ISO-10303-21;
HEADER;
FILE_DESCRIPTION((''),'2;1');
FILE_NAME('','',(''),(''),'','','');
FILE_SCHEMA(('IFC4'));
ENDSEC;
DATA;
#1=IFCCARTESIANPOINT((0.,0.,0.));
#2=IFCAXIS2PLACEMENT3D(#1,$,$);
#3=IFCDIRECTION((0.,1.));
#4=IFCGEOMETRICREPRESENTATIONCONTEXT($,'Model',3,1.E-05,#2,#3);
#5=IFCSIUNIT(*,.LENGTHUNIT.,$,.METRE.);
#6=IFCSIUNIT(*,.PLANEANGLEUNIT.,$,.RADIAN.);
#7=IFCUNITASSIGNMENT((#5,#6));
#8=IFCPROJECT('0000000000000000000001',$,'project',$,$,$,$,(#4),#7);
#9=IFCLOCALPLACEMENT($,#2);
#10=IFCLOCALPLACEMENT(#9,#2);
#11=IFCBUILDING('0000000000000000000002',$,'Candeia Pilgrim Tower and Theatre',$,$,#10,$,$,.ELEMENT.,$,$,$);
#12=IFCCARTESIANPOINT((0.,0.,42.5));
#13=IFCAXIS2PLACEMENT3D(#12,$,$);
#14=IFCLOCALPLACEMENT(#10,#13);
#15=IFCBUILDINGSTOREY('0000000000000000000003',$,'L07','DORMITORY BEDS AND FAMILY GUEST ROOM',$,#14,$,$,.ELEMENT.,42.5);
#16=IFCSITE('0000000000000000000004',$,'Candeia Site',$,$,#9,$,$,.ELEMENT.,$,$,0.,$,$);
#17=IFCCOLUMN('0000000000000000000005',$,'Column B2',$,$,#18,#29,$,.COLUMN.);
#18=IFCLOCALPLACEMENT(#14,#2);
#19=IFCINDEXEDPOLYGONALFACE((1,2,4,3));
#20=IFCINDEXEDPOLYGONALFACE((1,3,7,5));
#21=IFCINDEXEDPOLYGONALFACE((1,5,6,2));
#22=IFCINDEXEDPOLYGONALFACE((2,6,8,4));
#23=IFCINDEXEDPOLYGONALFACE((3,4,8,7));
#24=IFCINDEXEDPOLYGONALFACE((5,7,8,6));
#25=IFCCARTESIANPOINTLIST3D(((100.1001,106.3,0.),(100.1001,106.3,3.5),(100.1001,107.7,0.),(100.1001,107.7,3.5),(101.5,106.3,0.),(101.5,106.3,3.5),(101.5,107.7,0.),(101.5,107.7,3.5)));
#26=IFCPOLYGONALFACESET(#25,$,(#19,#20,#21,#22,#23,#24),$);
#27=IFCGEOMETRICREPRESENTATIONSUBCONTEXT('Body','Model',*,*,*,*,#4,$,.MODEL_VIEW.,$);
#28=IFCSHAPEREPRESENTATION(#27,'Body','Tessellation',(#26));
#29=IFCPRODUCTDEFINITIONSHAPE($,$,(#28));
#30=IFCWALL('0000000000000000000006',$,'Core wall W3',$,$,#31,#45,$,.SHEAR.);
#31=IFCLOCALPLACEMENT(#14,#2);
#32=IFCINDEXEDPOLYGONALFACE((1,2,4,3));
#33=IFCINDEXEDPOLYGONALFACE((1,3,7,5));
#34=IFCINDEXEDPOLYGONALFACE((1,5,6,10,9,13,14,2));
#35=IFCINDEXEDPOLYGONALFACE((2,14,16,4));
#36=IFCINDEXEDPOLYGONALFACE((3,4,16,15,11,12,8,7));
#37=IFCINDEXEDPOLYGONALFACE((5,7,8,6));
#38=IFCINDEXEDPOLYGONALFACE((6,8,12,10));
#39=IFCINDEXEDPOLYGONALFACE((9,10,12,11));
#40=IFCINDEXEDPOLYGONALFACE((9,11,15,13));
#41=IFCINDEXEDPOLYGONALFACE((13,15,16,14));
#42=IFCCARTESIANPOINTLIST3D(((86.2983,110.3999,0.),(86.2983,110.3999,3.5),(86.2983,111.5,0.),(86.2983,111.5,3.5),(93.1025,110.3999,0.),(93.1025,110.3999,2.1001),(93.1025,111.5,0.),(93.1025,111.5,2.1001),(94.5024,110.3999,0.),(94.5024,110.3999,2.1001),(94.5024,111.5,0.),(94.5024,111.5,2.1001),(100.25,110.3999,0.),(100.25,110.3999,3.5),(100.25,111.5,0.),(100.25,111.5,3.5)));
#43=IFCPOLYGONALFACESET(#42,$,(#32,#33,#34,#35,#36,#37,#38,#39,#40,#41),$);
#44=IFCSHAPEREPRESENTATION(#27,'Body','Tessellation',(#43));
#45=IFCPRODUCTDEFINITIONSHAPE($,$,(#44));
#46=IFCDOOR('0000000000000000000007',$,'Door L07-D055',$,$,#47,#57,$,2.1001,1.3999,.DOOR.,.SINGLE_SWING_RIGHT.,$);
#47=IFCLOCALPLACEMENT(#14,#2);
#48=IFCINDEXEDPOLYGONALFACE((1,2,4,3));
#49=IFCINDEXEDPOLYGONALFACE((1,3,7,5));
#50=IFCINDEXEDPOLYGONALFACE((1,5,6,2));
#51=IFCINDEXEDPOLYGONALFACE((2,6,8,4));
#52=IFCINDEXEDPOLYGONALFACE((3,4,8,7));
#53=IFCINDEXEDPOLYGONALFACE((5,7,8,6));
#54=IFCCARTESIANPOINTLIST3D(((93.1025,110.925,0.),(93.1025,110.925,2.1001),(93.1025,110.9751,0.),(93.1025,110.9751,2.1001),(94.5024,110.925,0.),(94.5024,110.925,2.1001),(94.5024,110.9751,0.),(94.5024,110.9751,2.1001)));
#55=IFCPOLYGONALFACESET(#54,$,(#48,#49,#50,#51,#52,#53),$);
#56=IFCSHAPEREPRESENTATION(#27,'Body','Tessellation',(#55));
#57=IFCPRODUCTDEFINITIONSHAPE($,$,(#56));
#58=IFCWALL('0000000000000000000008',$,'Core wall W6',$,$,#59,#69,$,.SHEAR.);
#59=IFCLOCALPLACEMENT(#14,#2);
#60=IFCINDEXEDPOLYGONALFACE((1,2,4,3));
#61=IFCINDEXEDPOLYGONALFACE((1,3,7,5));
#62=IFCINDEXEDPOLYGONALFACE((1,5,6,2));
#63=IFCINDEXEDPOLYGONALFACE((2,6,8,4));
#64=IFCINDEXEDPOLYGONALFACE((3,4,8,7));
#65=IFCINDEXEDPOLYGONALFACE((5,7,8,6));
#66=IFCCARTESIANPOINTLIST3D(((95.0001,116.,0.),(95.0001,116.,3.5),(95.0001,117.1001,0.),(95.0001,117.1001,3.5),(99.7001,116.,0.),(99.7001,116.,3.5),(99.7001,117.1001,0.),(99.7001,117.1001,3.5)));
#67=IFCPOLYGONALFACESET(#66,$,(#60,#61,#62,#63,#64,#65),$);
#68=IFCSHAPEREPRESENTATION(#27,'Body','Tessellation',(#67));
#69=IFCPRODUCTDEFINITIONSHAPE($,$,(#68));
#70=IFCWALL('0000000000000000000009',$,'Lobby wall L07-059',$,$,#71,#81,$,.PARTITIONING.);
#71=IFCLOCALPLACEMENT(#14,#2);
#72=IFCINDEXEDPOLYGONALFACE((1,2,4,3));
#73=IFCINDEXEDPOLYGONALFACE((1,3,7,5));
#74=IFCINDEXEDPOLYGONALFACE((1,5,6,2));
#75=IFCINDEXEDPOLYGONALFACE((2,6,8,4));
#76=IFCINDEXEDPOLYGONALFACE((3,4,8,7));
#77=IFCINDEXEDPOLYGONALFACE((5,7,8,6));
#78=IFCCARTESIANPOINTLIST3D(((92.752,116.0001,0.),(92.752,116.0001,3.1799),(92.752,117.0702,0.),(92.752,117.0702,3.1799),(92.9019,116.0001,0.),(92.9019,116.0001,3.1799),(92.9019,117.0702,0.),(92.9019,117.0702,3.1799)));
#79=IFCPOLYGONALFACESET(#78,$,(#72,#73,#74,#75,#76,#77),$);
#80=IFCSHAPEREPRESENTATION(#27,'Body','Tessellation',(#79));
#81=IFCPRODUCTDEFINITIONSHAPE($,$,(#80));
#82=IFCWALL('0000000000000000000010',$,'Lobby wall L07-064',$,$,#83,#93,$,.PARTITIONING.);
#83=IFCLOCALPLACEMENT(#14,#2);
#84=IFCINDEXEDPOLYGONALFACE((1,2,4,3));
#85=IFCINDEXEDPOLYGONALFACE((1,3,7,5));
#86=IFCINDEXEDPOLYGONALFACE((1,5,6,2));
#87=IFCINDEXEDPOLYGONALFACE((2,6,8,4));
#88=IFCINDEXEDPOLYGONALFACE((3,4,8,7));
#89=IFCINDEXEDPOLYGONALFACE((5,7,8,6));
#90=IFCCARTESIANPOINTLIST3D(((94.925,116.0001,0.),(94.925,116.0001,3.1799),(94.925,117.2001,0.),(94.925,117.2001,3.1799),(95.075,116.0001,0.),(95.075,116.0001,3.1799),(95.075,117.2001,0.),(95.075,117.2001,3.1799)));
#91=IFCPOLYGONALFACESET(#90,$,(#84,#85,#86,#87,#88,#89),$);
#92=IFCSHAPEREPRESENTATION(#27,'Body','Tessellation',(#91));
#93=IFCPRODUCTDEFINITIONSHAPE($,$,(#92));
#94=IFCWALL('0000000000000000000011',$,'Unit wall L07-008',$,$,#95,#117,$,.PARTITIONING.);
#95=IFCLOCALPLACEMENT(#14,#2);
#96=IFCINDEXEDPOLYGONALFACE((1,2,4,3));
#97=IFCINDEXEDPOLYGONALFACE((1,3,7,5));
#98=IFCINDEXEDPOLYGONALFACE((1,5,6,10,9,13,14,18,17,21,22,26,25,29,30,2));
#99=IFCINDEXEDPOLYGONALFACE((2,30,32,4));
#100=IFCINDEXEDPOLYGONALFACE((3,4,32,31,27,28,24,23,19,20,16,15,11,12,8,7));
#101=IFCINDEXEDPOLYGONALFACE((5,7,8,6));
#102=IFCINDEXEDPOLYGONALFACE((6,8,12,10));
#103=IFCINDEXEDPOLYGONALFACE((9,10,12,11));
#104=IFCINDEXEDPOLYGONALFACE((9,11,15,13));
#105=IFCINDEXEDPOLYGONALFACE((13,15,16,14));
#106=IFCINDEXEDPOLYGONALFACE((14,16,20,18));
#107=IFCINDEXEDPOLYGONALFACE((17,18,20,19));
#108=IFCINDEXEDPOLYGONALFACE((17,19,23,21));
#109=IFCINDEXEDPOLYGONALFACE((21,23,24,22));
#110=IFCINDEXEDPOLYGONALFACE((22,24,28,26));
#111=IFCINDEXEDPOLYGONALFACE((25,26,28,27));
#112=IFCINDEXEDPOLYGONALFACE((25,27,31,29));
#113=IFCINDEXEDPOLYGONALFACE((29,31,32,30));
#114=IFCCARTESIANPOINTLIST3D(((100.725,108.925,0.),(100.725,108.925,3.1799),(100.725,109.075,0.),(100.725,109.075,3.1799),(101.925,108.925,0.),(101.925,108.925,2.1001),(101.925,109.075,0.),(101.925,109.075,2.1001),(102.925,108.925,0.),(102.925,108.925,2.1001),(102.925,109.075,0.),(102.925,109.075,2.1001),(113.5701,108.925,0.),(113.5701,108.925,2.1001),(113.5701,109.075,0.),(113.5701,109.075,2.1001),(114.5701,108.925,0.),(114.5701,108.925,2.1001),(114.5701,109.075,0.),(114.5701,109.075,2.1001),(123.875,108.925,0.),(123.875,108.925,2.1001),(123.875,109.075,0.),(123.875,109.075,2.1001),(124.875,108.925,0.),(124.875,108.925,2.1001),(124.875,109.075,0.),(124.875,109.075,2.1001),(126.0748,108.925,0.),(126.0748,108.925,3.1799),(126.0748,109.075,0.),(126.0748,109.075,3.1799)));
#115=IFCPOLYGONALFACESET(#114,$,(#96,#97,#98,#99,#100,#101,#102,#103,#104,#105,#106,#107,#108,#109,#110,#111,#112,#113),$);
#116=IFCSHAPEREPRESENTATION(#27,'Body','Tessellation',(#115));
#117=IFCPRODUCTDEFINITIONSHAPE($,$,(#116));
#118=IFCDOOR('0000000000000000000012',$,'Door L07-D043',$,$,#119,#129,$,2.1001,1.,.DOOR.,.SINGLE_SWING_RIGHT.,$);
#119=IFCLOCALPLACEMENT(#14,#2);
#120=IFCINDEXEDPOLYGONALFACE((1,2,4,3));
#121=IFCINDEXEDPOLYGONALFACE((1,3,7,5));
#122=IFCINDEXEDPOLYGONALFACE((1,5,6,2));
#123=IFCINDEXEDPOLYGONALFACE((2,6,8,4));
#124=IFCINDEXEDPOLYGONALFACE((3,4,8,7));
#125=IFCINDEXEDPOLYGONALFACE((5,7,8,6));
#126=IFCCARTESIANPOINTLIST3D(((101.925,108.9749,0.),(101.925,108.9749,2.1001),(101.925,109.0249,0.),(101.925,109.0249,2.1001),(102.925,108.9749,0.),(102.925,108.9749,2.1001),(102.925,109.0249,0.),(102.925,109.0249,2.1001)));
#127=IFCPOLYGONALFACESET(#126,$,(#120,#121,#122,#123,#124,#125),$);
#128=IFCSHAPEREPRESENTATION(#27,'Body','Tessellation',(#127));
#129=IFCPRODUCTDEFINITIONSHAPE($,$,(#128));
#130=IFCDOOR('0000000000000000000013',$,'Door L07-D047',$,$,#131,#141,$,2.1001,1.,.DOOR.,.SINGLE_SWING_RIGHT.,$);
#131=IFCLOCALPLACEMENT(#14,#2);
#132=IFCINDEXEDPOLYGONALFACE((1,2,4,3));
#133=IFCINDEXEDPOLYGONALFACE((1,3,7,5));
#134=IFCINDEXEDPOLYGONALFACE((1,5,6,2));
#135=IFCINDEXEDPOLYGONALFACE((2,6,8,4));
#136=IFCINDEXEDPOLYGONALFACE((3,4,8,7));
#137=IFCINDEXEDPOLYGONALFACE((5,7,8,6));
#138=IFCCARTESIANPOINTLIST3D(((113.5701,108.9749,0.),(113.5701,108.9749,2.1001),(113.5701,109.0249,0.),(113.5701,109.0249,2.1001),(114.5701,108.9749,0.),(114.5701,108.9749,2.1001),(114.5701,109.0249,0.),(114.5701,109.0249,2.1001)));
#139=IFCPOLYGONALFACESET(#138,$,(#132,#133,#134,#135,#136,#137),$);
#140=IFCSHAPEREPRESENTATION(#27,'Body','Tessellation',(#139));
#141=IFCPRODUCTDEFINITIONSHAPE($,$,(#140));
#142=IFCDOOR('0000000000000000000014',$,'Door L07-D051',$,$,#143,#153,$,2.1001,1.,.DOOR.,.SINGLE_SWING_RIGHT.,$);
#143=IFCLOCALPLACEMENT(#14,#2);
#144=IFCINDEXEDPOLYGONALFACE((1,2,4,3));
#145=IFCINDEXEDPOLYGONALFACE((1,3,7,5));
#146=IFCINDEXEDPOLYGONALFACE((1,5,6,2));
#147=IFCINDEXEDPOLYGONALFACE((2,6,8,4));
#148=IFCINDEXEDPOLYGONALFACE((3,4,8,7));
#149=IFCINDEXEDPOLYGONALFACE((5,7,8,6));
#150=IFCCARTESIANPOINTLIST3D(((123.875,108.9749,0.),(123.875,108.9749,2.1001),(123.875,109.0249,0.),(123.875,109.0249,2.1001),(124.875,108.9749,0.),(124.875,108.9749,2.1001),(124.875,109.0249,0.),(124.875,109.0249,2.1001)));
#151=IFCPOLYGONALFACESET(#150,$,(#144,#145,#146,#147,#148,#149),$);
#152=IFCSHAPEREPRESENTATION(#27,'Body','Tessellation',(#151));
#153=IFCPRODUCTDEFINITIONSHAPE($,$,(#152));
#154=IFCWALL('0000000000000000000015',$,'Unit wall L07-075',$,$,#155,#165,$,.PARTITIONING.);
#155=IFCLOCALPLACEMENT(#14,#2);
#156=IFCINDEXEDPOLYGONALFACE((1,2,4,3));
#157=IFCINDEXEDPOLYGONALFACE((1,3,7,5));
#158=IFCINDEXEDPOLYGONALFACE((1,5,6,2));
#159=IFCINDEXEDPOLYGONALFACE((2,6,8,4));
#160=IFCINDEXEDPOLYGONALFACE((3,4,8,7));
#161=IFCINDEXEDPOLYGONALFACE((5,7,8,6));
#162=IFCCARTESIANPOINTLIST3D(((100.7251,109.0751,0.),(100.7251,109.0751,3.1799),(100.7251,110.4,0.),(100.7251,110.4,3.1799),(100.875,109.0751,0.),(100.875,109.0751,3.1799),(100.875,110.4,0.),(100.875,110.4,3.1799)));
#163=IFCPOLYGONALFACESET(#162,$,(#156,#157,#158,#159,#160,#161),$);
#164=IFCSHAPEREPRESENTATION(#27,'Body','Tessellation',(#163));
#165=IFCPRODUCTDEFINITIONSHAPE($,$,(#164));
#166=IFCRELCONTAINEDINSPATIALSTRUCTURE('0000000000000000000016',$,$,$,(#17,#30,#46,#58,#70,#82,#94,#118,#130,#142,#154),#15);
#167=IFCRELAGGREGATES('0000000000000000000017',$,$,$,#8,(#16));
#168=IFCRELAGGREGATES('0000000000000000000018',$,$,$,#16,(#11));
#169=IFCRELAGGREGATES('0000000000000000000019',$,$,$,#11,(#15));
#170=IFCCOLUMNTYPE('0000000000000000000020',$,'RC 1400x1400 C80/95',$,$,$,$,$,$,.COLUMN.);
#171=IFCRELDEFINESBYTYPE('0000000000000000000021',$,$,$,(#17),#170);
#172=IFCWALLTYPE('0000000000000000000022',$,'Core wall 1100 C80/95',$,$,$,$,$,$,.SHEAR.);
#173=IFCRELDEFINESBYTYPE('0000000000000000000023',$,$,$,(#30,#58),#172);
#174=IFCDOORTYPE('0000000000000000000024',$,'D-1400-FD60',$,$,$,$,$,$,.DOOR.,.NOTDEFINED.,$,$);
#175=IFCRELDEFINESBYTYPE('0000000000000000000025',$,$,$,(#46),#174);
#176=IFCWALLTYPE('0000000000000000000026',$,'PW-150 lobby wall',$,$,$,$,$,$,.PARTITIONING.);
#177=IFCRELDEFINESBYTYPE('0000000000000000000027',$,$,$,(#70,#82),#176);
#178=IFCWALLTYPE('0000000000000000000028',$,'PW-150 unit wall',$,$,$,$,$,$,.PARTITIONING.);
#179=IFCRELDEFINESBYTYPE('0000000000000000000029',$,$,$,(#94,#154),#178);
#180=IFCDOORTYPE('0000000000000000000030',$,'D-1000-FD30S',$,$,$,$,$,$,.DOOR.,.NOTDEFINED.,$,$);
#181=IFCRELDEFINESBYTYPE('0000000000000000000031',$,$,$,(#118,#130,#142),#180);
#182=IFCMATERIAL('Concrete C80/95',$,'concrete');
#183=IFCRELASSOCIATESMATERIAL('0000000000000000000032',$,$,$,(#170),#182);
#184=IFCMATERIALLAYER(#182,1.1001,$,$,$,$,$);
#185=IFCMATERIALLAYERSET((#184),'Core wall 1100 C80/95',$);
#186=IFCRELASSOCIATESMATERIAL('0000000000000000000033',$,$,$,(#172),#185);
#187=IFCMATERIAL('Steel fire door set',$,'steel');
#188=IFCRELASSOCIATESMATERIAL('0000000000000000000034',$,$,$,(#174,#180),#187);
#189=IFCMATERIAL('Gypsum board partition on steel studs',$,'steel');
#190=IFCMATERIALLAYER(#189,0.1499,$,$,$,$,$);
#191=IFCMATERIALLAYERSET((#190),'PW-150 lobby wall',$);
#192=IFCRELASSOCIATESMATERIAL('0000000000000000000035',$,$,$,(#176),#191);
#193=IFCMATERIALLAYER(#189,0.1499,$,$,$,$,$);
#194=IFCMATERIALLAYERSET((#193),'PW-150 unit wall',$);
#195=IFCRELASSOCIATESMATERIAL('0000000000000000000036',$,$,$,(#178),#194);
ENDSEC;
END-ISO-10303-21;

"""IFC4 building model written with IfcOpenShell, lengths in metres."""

from ifc_helpers import new_model, si_unit, direction, frame, frame_2d, origin, origin_2d, place, context, subcontext, project, spatial, rectangle, extrude, material, layer, layer_set, material_profile, profile_set, type_object, element, fill, save


model = new_model("IFC4")

# Units and contexts
model_context = context("Model", 3, precision=1e-05, world=origin(), true_north=direction((0.0, 1.0)))
body_context = subcontext(model_context, "Body", "Model", "MODEL_VIEW")
ifc_project = project(units=[si_unit("LENGTHUNIT", "METRE"), si_unit("PLANEANGLEUNIT", "RADIAN")], contexts=[model_context])

# Site, building, storey
site_placement = place(None, origin())
site = spatial("IfcSite", under=ifc_project, at=site_placement, Name="Candeia Site", CompositionType="ELEMENT", RefElevation=0.0)
building_placement = place(site_placement, origin())
building = spatial("IfcBuilding", under=site, at=building_placement, Name="Candeia Pilgrim Tower and Theatre", CompositionType="ELEMENT")
storey_placement = place(building_placement, frame((0.0, 0.0, 42.5)))
storey = spatial("IfcBuildingStorey", under=building, at=storey_placement, Name="L07", Description="DORMITORY BEDS AND FAMILY GUEST ROOM", CompositionType="ELEMENT", Elevation=42.5)

# Column
ifc_material_1 = material(Name="Concrete C80/95", Category="concrete")
ifc_material_profile = material_profile(ifc_material_1, rectangle(XDim=1.3999, YDim=1.3999, at=origin_2d()))
ifc_profile_set = profile_set([ifc_material_profile], Name="Concrete C80/95")
column_type = type_object("IfcColumnType", Name="RC 1400x1400 C80/95", PredefinedType="COLUMN", material=ifc_profile_set)
column_placement = place(storey_placement, frame((100.8, 107.0, 0.0), z_axis=(0.0, 0.0, 1.0), x_axis=(1.0, 0.0, 0.0)))
element("IfcColumn", 1, at=column_placement, inside=storey, type_object=column_type, Name="Column B2", PredefinedType="COLUMN", context=body_context, shape_type="SweptSolid", body=[
    extrude(rectangle(XDim=1.3999, YDim=1.3999, at=origin_2d()), origin(), (0.0, 0.0, 1.0), 3.5),
])

# Wall, opening, door
ifc_layer_1 = layer(ifc_material_1, 1.1001)
ifc_layer_set_1 = layer_set([ifc_layer_1], Name="Core wall 1100 C80/95")
wall_type_1 = type_object("IfcWallType", Name="Core wall 1100 C80/95", PredefinedType="SHEAR", material=ifc_layer_set_1)
wall_1_placement = place(storey_placement, frame((100.25, 110.95, 0.0), z_axis=(0.0, 0.0, 1.0), x_axis=(-1.0, 0.0, 0.0)))
wall_1 = element("IfcWall", 2, at=wall_1_placement, inside=storey, type_object=wall_type_1, Name="Core wall W3", PredefinedType="SHEAR", context=body_context, shape_type="SweptSolid", body=[
    extrude(rectangle(XDim=13.9517, YDim=1.1001, at=frame_2d((6.9758, 0.0))), origin(), (0.0, 0.0, 1.0), 3.5),
])
opening_1_placement = place(wall_1_placement, frame((5.7476, 0.0, 0.0)))
opening_1 = element("IfcOpeningElement", 3, at=opening_1_placement, cuts=wall_1, PredefinedType="OPENING", context=body_context, shape_type="SweptSolid", body=[
    extrude(rectangle(XDim=1.3999, YDim=2.1001, at=frame_2d((0.7, 1.05))), frame((0.0, 0.5601, 0.0), z_axis=(0.0, -1.0, 0.0), x_axis=(1.0, 0.0, 0.0)), (0.0, 0.0, 1.0), 1.1201),
])
ifc_material_2 = material(Name="Steel fire door set", Category="steel")
door_type_1 = type_object("IfcDoorType", Name="D-1400-FD60", OperationType="NOTDEFINED", PredefinedType="DOOR", material=ifc_material_2)
door_1_placement = place(opening_1_placement, origin())
door_1 = element("IfcDoor", 4, at=door_1_placement, inside=storey, type_object=door_type_1, Name="Door L07-D055", OperationType="SINGLE_SWING_RIGHT", OverallHeight=2.1001, OverallWidth=1.3999, PredefinedType="DOOR", context=body_context, shape_type="SweptSolid", body=[
    extrude(rectangle(XDim=1.3999, YDim=2.1001, at=frame_2d((0.7, 1.05))), frame((0.0, 0.0249, 0.0), z_axis=(0.0, -1.0, 0.0), x_axis=(1.0, 0.0, 0.0)), (0.0, 0.0, 1.0), 0.05),
])
fill(opening_1, door_1)

# Walls
wall_2_placement = place(storey_placement, frame((95.0, 116.55, 0.0), z_axis=(0.0, 0.0, 1.0), x_axis=(1.0, 0.0, 0.0)))
element("IfcWall", 5, at=wall_2_placement, inside=storey, type_object=wall_type_1, Name="Core wall W6", PredefinedType="SHEAR", context=body_context, shape_type="SweptSolid", body=[
    extrude(rectangle(XDim=4.7, YDim=1.1001, at=frame_2d((2.3501, 0.0))), origin(), (0.0, 0.0, 1.0), 3.5),
])
ifc_material_3 = material(Name="Gypsum board partition on steel studs", Category="steel")
ifc_layer_2 = layer(ifc_material_3, 0.1499)
ifc_layer_set_2 = layer_set([ifc_layer_2], Name="PW-150 lobby wall")
wall_type_2 = type_object("IfcWallType", Name="PW-150 lobby wall", PredefinedType="PARTITIONING", material=ifc_layer_set_2)
wall_3_placement = place(storey_placement, frame((92.8269, 116.0, 0.0), z_axis=(0.0, 0.0, 1.0), x_axis=(0.0, 1.0, 0.0)))
element("IfcWall", 6, at=wall_3_placement, inside=storey, type_object=wall_type_2, Name="Lobby wall L07-059", PredefinedType="PARTITIONING", context=body_context, shape_type="SweptSolid", body=[
    extrude(rectangle(XDim=1.0701, YDim=0.1499, at=frame_2d((0.5352, 0.0))), origin(), (0.0, 0.0, 1.0), 3.1799),
])
wall_4_placement = place(storey_placement, frame((95.0, 116.0, 0.0), z_axis=(0.0, 0.0, 1.0), x_axis=(0.0, 1.0, 0.0)))
element("IfcWall", 7, at=wall_4_placement, inside=storey, type_object=wall_type_2, Name="Lobby wall L07-064", PredefinedType="PARTITIONING", context=body_context, shape_type="SweptSolid", body=[
    extrude(rectangle(XDim=1.2, YDim=0.1499, at=frame_2d((0.6001, 0.0))), origin(), (0.0, 0.0, 1.0), 3.1799),
])

# Wall, openings, doors
ifc_layer_3 = layer(ifc_material_3, 0.1499)
ifc_layer_set_3 = layer_set([ifc_layer_3], Name="PW-150 unit wall")
wall_type_3 = type_object("IfcWallType", Name="PW-150 unit wall", PredefinedType="PARTITIONING", material=ifc_layer_set_3)
wall_5_placement = place(storey_placement, frame((100.7251, 109.0, 0.0), z_axis=(0.0, 0.0, 1.0), x_axis=(1.0, 0.0, 0.0)))
wall_5 = element("IfcWall", 8, at=wall_5_placement, inside=storey, type_object=wall_type_3, Name="Unit wall L07-008", PredefinedType="PARTITIONING", context=body_context, shape_type="SweptSolid", body=[
    extrude(rectangle(XDim=25.3499, YDim=0.1499, at=frame_2d((12.6748, 0.0))), origin(), (0.0, 0.0, 1.0), 3.1799),
])
opening_2_placement = place(wall_5_placement, frame((1.2, 0.0, 0.0)))
opening_2 = element("IfcOpeningElement", 9, at=opening_2_placement, cuts=wall_5, PredefinedType="OPENING", context=body_context, shape_type="SweptSolid", body=[
    extrude(rectangle(XDim=1.0, YDim=2.1001, at=frame_2d((0.5, 1.05))), frame((0.0, 0.085, 0.0), z_axis=(0.0, -1.0, 0.0), x_axis=(1.0, 0.0, 0.0)), (0.0, 0.0, 1.0), 0.1699),
])
opening_3_placement = place(wall_5_placement, frame((12.845, 0.0, 0.0)))
opening_3 = element("IfcOpeningElement", 10, at=opening_3_placement, cuts=wall_5, PredefinedType="OPENING", context=body_context, shape_type="SweptSolid", body=[
    extrude(rectangle(XDim=1.0, YDim=2.1001, at=frame_2d((0.5, 1.05))), frame((0.0, 0.085, 0.0), z_axis=(0.0, -1.0, 0.0), x_axis=(1.0, 0.0, 0.0)), (0.0, 0.0, 1.0), 0.1699),
])
opening_4_placement = place(wall_5_placement, frame((23.1499, 0.0, 0.0)))
opening_4 = element("IfcOpeningElement", 11, at=opening_4_placement, cuts=wall_5, PredefinedType="OPENING", context=body_context, shape_type="SweptSolid", body=[
    extrude(rectangle(XDim=1.0, YDim=2.1001, at=frame_2d((0.5, 1.05))), frame((0.0, 0.085, 0.0), z_axis=(0.0, -1.0, 0.0), x_axis=(1.0, 0.0, 0.0)), (0.0, 0.0, 1.0), 0.1699),
])
door_type_2 = type_object("IfcDoorType", Name="D-1000-FD30S", OperationType="NOTDEFINED", PredefinedType="DOOR", material=ifc_material_2)
door_2_placement = place(opening_2_placement, origin())
door_2 = element("IfcDoor", 12, at=door_2_placement, inside=storey, type_object=door_type_2, Name="Door L07-D043", OperationType="SINGLE_SWING_RIGHT", OverallHeight=2.1001, OverallWidth=1.0, PredefinedType="DOOR", context=body_context, shape_type="SweptSolid", body=[
    extrude(rectangle(XDim=1.0, YDim=2.1001, at=frame_2d((0.5, 1.05))), frame((0.0, 0.0249, 0.0), z_axis=(0.0, -1.0, 0.0), x_axis=(1.0, 0.0, 0.0)), (0.0, 0.0, 1.0), 0.05),
])
fill(opening_2, door_2)
door_3_placement = place(opening_3_placement, origin())
door_3 = element("IfcDoor", 13, at=door_3_placement, inside=storey, type_object=door_type_2, Name="Door L07-D047", OperationType="SINGLE_SWING_RIGHT", OverallHeight=2.1001, OverallWidth=1.0, PredefinedType="DOOR", context=body_context, shape_type="SweptSolid", body=[
    extrude(rectangle(XDim=1.0, YDim=2.1001, at=frame_2d((0.5, 1.05))), frame((0.0, 0.0249, 0.0), z_axis=(0.0, -1.0, 0.0), x_axis=(1.0, 0.0, 0.0)), (0.0, 0.0, 1.0), 0.05),
])
fill(opening_3, door_3)
door_4_placement = place(opening_4_placement, origin())
door_4 = element("IfcDoor", 14, at=door_4_placement, inside=storey, type_object=door_type_2, Name="Door L07-D051", OperationType="SINGLE_SWING_RIGHT", OverallHeight=2.1001, OverallWidth=1.0, PredefinedType="DOOR", context=body_context, shape_type="SweptSolid", body=[
    extrude(rectangle(XDim=1.0, YDim=2.1001, at=frame_2d((0.5, 1.05))), frame((0.0, 0.0249, 0.0), z_axis=(0.0, -1.0, 0.0), x_axis=(1.0, 0.0, 0.0)), (0.0, 0.0, 1.0), 0.05),
])
fill(opening_4, door_4)

# Wall
wall_6_placement = place(storey_placement, frame((100.8, 109.075, 0.0), z_axis=(0.0, 0.0, 1.0), x_axis=(0.0, 1.0, 0.0)))
element("IfcWall", 15, at=wall_6_placement, inside=storey, type_object=wall_type_3, Name="Unit wall L07-075", PredefinedType="PARTITIONING", context=body_context, shape_type="SweptSolid", body=[
    extrude(rectangle(XDim=1.325, YDim=0.1499, at=frame_2d((0.6626, 0.0))), origin(), (0.0, 0.0, 1.0), 3.1799),
])

save(model, "model.ifc")
